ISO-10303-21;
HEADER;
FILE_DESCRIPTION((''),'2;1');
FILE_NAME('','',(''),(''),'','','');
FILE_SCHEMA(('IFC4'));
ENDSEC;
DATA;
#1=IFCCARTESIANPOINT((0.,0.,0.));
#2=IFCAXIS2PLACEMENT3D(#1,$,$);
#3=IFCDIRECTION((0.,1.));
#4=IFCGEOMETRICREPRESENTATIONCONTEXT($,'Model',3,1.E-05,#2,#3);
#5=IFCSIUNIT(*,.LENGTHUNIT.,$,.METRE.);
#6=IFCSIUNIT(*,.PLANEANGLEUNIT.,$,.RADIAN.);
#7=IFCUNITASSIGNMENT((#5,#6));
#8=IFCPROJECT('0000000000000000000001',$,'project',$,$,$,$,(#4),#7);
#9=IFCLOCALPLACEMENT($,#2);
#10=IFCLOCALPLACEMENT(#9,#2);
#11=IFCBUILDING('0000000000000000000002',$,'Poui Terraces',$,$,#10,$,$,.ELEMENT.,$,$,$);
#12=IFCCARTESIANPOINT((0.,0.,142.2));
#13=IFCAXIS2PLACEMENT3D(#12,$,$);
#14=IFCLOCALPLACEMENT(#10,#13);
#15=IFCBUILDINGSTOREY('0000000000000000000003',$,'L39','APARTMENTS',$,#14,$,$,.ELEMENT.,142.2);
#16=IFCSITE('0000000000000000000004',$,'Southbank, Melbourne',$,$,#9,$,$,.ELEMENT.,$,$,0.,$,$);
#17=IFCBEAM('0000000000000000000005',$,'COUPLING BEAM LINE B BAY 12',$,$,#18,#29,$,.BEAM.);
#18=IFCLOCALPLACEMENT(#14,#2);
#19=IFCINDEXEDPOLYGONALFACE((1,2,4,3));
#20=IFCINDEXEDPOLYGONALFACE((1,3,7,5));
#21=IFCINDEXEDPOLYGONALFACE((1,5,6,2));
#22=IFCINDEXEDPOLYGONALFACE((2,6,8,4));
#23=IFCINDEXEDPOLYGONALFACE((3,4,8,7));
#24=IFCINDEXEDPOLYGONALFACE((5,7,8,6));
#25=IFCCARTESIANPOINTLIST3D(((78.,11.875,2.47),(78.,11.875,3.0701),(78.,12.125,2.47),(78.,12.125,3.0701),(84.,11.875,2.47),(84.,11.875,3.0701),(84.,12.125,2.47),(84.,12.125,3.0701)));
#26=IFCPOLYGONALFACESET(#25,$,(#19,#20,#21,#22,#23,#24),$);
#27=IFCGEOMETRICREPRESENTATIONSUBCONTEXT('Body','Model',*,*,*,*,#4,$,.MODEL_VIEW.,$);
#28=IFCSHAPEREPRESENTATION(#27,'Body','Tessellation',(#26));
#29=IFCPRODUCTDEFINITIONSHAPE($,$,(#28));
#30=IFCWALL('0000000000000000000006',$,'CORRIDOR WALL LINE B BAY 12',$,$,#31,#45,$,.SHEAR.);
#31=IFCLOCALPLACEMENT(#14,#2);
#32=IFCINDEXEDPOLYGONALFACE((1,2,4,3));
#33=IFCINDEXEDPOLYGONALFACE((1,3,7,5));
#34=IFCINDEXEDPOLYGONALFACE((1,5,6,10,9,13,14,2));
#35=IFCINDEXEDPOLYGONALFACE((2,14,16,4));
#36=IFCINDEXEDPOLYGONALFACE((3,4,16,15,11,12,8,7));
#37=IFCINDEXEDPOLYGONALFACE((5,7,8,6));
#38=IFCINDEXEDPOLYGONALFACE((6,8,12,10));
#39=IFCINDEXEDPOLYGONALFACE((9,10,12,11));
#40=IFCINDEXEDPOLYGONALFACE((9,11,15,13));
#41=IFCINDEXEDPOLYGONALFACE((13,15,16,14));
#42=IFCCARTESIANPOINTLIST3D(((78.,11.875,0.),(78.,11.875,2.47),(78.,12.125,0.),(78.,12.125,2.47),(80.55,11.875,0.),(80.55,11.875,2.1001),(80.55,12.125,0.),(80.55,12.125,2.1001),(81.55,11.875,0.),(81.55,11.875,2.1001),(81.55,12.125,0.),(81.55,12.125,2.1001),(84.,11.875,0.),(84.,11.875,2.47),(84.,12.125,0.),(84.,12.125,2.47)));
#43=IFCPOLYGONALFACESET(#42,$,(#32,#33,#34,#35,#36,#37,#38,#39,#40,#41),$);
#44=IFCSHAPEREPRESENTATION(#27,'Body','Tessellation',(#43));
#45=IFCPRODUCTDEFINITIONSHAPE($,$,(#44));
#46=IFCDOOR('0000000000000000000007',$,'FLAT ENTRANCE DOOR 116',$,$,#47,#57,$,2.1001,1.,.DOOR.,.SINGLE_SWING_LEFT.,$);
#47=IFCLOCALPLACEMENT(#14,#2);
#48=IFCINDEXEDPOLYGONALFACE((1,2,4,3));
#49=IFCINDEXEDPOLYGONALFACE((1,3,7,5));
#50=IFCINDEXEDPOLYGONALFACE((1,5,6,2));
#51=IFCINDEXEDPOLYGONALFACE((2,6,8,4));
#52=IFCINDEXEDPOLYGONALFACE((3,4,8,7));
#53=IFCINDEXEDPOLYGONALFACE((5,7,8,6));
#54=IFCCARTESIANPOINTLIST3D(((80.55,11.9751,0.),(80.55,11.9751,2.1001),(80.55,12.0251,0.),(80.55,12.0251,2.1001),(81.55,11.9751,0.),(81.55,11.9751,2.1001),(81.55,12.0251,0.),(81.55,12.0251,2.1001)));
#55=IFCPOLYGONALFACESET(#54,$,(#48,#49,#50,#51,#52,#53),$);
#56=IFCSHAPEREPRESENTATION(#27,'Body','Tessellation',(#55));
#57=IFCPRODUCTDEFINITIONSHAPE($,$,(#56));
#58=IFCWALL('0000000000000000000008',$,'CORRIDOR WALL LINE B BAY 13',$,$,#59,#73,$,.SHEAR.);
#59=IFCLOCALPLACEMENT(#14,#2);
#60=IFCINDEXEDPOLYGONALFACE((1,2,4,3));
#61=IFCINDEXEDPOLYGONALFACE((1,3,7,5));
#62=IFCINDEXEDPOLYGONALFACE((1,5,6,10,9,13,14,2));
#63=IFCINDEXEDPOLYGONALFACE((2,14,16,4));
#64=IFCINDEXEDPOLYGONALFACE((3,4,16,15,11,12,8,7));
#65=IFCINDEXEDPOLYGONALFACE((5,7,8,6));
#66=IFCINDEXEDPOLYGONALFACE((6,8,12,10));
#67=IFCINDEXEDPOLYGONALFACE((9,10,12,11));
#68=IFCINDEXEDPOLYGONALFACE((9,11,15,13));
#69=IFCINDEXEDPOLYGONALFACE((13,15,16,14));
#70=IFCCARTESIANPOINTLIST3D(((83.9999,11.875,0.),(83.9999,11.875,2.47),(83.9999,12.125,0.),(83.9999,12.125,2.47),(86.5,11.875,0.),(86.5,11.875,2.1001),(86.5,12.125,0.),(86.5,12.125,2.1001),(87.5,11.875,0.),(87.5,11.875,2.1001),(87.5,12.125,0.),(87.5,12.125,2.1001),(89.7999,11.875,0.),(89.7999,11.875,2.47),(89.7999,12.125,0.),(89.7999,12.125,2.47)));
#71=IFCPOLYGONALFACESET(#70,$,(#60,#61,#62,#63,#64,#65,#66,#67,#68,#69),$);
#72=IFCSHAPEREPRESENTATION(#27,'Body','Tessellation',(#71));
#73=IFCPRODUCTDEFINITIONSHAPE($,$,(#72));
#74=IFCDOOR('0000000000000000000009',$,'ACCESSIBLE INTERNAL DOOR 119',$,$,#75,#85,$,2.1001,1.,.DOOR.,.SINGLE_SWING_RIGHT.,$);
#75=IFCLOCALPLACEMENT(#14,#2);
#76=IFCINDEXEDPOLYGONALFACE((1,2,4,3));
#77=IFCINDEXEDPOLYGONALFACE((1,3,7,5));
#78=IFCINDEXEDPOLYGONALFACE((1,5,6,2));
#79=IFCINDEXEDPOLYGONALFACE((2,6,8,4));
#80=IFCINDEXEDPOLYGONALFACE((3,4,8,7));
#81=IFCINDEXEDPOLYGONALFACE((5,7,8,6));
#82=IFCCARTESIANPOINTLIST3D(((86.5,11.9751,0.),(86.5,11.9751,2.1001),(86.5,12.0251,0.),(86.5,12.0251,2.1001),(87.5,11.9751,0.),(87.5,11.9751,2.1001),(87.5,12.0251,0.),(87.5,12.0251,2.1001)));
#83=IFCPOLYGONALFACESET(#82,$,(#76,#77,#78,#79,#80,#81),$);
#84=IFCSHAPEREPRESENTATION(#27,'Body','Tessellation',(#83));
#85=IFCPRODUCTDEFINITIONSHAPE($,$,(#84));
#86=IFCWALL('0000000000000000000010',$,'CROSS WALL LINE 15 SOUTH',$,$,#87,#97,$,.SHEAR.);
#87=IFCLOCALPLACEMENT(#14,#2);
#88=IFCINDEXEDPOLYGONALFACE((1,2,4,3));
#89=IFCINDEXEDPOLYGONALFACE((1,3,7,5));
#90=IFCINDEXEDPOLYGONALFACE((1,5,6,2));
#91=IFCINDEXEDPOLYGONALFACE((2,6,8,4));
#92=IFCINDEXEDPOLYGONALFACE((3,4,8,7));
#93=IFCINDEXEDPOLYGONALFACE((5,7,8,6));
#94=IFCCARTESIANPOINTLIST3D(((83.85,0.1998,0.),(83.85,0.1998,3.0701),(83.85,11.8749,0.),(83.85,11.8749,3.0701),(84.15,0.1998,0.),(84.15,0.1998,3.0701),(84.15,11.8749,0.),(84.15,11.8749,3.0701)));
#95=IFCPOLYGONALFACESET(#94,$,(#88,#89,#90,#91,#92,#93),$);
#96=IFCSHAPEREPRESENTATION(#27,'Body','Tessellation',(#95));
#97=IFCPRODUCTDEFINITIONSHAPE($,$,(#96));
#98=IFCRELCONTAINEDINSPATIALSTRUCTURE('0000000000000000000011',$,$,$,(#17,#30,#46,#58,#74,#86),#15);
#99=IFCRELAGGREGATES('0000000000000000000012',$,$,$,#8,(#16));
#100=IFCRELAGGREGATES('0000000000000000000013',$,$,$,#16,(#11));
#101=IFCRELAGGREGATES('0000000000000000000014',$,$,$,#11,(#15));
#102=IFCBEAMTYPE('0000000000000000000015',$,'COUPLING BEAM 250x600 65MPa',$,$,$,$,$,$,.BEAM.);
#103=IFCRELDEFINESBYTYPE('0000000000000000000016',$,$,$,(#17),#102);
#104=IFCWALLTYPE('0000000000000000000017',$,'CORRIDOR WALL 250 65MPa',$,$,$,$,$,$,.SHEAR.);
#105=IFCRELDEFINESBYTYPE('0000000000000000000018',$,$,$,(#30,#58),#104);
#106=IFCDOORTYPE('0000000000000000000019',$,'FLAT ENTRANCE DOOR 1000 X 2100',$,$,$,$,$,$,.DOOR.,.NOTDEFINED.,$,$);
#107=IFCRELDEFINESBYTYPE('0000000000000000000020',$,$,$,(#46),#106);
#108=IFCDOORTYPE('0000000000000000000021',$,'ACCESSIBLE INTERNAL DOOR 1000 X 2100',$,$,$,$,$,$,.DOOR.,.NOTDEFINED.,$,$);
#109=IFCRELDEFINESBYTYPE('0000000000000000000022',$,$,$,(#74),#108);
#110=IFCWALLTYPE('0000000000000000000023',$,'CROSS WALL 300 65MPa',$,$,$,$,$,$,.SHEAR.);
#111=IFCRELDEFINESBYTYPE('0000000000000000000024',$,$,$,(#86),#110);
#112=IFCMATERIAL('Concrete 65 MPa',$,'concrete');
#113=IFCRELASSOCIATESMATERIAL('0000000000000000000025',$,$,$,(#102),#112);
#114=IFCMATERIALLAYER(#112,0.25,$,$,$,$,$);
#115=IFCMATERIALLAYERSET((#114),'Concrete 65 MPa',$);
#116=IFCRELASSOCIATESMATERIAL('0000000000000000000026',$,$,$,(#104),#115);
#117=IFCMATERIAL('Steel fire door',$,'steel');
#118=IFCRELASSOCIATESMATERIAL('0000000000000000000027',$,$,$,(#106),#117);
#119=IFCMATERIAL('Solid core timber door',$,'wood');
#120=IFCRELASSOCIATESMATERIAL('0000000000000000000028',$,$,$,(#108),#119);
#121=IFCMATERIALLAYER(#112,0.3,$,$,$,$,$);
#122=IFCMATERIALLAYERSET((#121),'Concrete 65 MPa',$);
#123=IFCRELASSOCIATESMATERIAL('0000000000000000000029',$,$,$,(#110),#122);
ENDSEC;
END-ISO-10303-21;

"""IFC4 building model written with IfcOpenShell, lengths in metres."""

from ifc_helpers import new_model, si_unit, direction, frame, frame_2d, origin, origin_2d, place, context, subcontext, project, spatial, rectangle, extrude, source, transform, mapped, material, layer, layer_set, material_profile, profile_set, type_object, element, fill, save


model = new_model("IFC4")

# Units and contexts
model_context = context("Model", 3, precision=1e-05, world=origin(), true_north=direction((0.0, 1.0)))
body_context = subcontext(model_context, "Body", "Model", "MODEL_VIEW")
ifc_project = project(units=[si_unit("LENGTHUNIT", "METRE"), si_unit("PLANEANGLEUNIT", "RADIAN")], contexts=[model_context])

# Site, building, storey
site_placement = place(None, origin())
site = spatial("IfcSite", under=ifc_project, at=site_placement, Name="Southbank, Melbourne", CompositionType="ELEMENT", RefElevation=0.0)
building_placement = place(site_placement, origin())
building = spatial("IfcBuilding", under=site, at=building_placement, Name="Poui Terraces", CompositionType="ELEMENT")
storey_placement = place(building_placement, frame((0.0, 0.0, 142.2)))
storey = spatial("IfcBuildingStorey", under=building, at=storey_placement, Name="L39", Description="APARTMENTS", CompositionType="ELEMENT", Elevation=142.2)

# Beam
ifc_material_1 = material(Name="Concrete 65 MPa", Category="concrete")
ifc_material_profile = material_profile(ifc_material_1, rectangle(XDim=0.25, YDim=0.6001, at=origin_2d()), Name="RC 250x600")
ifc_profile_set = profile_set([ifc_material_profile], Name="Concrete 65 MPa")
beam_type = type_object("IfcBeamType", Name="COUPLING BEAM 250x600 65MPa", PredefinedType="BEAM", material=ifc_profile_set)
shared_shape = source(origin(), body_context, "Body", "SweptSolid", [
    extrude(rectangle(XDim=0.25, YDim=0.6001, at=origin_2d()), origin(), (0.0, 0.0, 1.0), 6.0),
])
beam_placement = place(storey_placement, frame((78.0, 12.0, 2.77), z_axis=(1.0, 0.0, 0.0), x_axis=(0.0, 1.0, 0.0)))
element("IfcBeam", 1, at=beam_placement, inside=storey, type_object=beam_type, Name="COUPLING BEAM LINE B BAY 12", PredefinedType="BEAM", context=body_context, shape_type="MappedRepresentation", body=[
    mapped(shared_shape, transform((0.0, 0.0, 0.0))),
])

# Walls, openings, doors
ifc_layer_1 = layer(ifc_material_1, 0.25)
ifc_layer_set_1 = layer_set([ifc_layer_1], Name="Concrete 65 MPa")
wall_type_1 = type_object("IfcWallType", Name="CORRIDOR WALL 250 65MPa", PredefinedType="SHEAR", material=ifc_layer_set_1)
wall_1_placement = place(storey_placement, frame((78.0, 12.0, 0.0), z_axis=(0.0, 0.0, 1.0), x_axis=(1.0, 0.0, 0.0)))
wall_1 = element("IfcWall", 2, at=wall_1_placement, inside=storey, type_object=wall_type_1, Name="CORRIDOR WALL LINE B BAY 12", PredefinedType="SHEAR", context=body_context, shape_type="SweptSolid", body=[
    extrude(rectangle(XDim=6.0, YDim=0.25, at=frame_2d((3.0, 0.0))), origin(), (0.0, 0.0, 1.0), 2.47),
])
opening_1_placement = place(wall_1_placement, frame((2.55, 0.0, 0.0)))
opening_1 = element("IfcOpeningElement", 3, at=opening_1_placement, cuts=wall_1, PredefinedType="OPENING", context=body_context, shape_type="SweptSolid", body=[
    extrude(rectangle(XDim=1.0, YDim=2.1001, at=frame_2d((0.5, 1.05))), frame((0.0, 0.135, 0.0), z_axis=(0.0, -1.0, 0.0), x_axis=(1.0, 0.0, 0.0)), (0.0, 0.0, 1.0), 0.27),
])
ifc_material_2 = material(Name="Steel fire door", Category="steel")
door_type_1 = type_object("IfcDoorType", Name="FLAT ENTRANCE DOOR 1000 X 2100", OperationType="NOTDEFINED", PredefinedType="DOOR", material=ifc_material_2)
door_1_placement = place(opening_1_placement, frame((1.0, 0.0, 0.0), z_axis=(0.0, 0.0, 1.0), x_axis=(-1.0, 0.0, 0.0)))
door_1 = element("IfcDoor", 4, at=door_1_placement, inside=storey, type_object=door_type_1, Name="FLAT ENTRANCE DOOR 116", OperationType="SINGLE_SWING_LEFT", OverallHeight=2.1001, OverallWidth=1.0, PredefinedType="DOOR", context=body_context, shape_type="SweptSolid", body=[
    extrude(rectangle(XDim=1.0, YDim=2.1001, at=frame_2d((0.5, 1.05))), frame((0.0, 0.0249, 0.0), z_axis=(0.0, -1.0, 0.0), x_axis=(1.0, 0.0, 0.0)), (0.0, 0.0, 1.0), 0.05),
])
fill(opening_1, door_1)
wall_2_placement = place(storey_placement, frame((84.0, 12.0, 0.0), z_axis=(0.0, 0.0, 1.0), x_axis=(1.0, 0.0, 0.0)))
wall_2 = element("IfcWall", 5, at=wall_2_placement, inside=storey, type_object=wall_type_1, Name="CORRIDOR WALL LINE B BAY 13", PredefinedType="SHEAR", context=body_context, shape_type="SweptSolid", body=[
    extrude(rectangle(XDim=5.8, YDim=0.25, at=frame_2d((2.8999, 0.0))), origin(), (0.0, 0.0, 1.0), 2.47),
])
opening_2_placement = place(wall_2_placement, frame((2.5, 0.0, 0.0)))
opening_2 = element("IfcOpeningElement", 6, at=opening_2_placement, cuts=wall_2, PredefinedType="OPENING", context=body_context, shape_type="SweptSolid", body=[
    extrude(rectangle(XDim=1.0, YDim=2.1001, at=frame_2d((0.5, 1.05))), frame((0.0, 0.135, 0.0), z_axis=(0.0, -1.0, 0.0), x_axis=(1.0, 0.0, 0.0)), (0.0, 0.0, 1.0), 0.27),
])
ifc_material_3 = material(Name="Solid core timber door", Category="wood")
door_type_2 = type_object("IfcDoorType", Name="ACCESSIBLE INTERNAL DOOR 1000 X 2100", OperationType="NOTDEFINED", PredefinedType="DOOR", material=ifc_material_3)
door_2_placement = place(opening_2_placement, frame((1.0, 0.0, 0.0), z_axis=(0.0, 0.0, 1.0), x_axis=(-1.0, 0.0, 0.0)))
door_2 = element("IfcDoor", 7, at=door_2_placement, inside=storey, type_object=door_type_2, Name="ACCESSIBLE INTERNAL DOOR 119", OperationType="SINGLE_SWING_RIGHT", OverallHeight=2.1001, OverallWidth=1.0, PredefinedType="DOOR", context=body_context, shape_type="SweptSolid", body=[
    extrude(rectangle(XDim=1.0, YDim=2.1001, at=frame_2d((0.5, 1.05))), frame((0.0, 0.0249, 0.0), z_axis=(0.0, -1.0, 0.0), x_axis=(1.0, 0.0, 0.0)), (0.0, 0.0, 1.0), 0.05),
])
fill(opening_2, door_2)

# Wall
ifc_layer_2 = layer(ifc_material_1, 0.3)
ifc_layer_set_2 = layer_set([ifc_layer_2], Name="Concrete 65 MPa")
wall_type_2 = type_object("IfcWallType", Name="CROSS WALL 300 65MPa", PredefinedType="SHEAR", material=ifc_layer_set_2)
wall_3_placement = place(storey_placement, frame((84.0, 0.2, 0.0), z_axis=(0.0, 0.0, 1.0), x_axis=(0.0, 1.0, 0.0)))
element("IfcWall", 8, at=wall_3_placement, inside=storey, type_object=wall_type_2, Name="CROSS WALL LINE 15 SOUTH", PredefinedType="SHEAR", context=body_context, shape_type="SweptSolid", body=[
    extrude(rectangle(XDim=11.675, YDim=0.3, at=frame_2d((5.8374, 0.0))), origin(), (0.0, 0.0, 1.0), 3.0701),
])

save(model, "model.ifc")
